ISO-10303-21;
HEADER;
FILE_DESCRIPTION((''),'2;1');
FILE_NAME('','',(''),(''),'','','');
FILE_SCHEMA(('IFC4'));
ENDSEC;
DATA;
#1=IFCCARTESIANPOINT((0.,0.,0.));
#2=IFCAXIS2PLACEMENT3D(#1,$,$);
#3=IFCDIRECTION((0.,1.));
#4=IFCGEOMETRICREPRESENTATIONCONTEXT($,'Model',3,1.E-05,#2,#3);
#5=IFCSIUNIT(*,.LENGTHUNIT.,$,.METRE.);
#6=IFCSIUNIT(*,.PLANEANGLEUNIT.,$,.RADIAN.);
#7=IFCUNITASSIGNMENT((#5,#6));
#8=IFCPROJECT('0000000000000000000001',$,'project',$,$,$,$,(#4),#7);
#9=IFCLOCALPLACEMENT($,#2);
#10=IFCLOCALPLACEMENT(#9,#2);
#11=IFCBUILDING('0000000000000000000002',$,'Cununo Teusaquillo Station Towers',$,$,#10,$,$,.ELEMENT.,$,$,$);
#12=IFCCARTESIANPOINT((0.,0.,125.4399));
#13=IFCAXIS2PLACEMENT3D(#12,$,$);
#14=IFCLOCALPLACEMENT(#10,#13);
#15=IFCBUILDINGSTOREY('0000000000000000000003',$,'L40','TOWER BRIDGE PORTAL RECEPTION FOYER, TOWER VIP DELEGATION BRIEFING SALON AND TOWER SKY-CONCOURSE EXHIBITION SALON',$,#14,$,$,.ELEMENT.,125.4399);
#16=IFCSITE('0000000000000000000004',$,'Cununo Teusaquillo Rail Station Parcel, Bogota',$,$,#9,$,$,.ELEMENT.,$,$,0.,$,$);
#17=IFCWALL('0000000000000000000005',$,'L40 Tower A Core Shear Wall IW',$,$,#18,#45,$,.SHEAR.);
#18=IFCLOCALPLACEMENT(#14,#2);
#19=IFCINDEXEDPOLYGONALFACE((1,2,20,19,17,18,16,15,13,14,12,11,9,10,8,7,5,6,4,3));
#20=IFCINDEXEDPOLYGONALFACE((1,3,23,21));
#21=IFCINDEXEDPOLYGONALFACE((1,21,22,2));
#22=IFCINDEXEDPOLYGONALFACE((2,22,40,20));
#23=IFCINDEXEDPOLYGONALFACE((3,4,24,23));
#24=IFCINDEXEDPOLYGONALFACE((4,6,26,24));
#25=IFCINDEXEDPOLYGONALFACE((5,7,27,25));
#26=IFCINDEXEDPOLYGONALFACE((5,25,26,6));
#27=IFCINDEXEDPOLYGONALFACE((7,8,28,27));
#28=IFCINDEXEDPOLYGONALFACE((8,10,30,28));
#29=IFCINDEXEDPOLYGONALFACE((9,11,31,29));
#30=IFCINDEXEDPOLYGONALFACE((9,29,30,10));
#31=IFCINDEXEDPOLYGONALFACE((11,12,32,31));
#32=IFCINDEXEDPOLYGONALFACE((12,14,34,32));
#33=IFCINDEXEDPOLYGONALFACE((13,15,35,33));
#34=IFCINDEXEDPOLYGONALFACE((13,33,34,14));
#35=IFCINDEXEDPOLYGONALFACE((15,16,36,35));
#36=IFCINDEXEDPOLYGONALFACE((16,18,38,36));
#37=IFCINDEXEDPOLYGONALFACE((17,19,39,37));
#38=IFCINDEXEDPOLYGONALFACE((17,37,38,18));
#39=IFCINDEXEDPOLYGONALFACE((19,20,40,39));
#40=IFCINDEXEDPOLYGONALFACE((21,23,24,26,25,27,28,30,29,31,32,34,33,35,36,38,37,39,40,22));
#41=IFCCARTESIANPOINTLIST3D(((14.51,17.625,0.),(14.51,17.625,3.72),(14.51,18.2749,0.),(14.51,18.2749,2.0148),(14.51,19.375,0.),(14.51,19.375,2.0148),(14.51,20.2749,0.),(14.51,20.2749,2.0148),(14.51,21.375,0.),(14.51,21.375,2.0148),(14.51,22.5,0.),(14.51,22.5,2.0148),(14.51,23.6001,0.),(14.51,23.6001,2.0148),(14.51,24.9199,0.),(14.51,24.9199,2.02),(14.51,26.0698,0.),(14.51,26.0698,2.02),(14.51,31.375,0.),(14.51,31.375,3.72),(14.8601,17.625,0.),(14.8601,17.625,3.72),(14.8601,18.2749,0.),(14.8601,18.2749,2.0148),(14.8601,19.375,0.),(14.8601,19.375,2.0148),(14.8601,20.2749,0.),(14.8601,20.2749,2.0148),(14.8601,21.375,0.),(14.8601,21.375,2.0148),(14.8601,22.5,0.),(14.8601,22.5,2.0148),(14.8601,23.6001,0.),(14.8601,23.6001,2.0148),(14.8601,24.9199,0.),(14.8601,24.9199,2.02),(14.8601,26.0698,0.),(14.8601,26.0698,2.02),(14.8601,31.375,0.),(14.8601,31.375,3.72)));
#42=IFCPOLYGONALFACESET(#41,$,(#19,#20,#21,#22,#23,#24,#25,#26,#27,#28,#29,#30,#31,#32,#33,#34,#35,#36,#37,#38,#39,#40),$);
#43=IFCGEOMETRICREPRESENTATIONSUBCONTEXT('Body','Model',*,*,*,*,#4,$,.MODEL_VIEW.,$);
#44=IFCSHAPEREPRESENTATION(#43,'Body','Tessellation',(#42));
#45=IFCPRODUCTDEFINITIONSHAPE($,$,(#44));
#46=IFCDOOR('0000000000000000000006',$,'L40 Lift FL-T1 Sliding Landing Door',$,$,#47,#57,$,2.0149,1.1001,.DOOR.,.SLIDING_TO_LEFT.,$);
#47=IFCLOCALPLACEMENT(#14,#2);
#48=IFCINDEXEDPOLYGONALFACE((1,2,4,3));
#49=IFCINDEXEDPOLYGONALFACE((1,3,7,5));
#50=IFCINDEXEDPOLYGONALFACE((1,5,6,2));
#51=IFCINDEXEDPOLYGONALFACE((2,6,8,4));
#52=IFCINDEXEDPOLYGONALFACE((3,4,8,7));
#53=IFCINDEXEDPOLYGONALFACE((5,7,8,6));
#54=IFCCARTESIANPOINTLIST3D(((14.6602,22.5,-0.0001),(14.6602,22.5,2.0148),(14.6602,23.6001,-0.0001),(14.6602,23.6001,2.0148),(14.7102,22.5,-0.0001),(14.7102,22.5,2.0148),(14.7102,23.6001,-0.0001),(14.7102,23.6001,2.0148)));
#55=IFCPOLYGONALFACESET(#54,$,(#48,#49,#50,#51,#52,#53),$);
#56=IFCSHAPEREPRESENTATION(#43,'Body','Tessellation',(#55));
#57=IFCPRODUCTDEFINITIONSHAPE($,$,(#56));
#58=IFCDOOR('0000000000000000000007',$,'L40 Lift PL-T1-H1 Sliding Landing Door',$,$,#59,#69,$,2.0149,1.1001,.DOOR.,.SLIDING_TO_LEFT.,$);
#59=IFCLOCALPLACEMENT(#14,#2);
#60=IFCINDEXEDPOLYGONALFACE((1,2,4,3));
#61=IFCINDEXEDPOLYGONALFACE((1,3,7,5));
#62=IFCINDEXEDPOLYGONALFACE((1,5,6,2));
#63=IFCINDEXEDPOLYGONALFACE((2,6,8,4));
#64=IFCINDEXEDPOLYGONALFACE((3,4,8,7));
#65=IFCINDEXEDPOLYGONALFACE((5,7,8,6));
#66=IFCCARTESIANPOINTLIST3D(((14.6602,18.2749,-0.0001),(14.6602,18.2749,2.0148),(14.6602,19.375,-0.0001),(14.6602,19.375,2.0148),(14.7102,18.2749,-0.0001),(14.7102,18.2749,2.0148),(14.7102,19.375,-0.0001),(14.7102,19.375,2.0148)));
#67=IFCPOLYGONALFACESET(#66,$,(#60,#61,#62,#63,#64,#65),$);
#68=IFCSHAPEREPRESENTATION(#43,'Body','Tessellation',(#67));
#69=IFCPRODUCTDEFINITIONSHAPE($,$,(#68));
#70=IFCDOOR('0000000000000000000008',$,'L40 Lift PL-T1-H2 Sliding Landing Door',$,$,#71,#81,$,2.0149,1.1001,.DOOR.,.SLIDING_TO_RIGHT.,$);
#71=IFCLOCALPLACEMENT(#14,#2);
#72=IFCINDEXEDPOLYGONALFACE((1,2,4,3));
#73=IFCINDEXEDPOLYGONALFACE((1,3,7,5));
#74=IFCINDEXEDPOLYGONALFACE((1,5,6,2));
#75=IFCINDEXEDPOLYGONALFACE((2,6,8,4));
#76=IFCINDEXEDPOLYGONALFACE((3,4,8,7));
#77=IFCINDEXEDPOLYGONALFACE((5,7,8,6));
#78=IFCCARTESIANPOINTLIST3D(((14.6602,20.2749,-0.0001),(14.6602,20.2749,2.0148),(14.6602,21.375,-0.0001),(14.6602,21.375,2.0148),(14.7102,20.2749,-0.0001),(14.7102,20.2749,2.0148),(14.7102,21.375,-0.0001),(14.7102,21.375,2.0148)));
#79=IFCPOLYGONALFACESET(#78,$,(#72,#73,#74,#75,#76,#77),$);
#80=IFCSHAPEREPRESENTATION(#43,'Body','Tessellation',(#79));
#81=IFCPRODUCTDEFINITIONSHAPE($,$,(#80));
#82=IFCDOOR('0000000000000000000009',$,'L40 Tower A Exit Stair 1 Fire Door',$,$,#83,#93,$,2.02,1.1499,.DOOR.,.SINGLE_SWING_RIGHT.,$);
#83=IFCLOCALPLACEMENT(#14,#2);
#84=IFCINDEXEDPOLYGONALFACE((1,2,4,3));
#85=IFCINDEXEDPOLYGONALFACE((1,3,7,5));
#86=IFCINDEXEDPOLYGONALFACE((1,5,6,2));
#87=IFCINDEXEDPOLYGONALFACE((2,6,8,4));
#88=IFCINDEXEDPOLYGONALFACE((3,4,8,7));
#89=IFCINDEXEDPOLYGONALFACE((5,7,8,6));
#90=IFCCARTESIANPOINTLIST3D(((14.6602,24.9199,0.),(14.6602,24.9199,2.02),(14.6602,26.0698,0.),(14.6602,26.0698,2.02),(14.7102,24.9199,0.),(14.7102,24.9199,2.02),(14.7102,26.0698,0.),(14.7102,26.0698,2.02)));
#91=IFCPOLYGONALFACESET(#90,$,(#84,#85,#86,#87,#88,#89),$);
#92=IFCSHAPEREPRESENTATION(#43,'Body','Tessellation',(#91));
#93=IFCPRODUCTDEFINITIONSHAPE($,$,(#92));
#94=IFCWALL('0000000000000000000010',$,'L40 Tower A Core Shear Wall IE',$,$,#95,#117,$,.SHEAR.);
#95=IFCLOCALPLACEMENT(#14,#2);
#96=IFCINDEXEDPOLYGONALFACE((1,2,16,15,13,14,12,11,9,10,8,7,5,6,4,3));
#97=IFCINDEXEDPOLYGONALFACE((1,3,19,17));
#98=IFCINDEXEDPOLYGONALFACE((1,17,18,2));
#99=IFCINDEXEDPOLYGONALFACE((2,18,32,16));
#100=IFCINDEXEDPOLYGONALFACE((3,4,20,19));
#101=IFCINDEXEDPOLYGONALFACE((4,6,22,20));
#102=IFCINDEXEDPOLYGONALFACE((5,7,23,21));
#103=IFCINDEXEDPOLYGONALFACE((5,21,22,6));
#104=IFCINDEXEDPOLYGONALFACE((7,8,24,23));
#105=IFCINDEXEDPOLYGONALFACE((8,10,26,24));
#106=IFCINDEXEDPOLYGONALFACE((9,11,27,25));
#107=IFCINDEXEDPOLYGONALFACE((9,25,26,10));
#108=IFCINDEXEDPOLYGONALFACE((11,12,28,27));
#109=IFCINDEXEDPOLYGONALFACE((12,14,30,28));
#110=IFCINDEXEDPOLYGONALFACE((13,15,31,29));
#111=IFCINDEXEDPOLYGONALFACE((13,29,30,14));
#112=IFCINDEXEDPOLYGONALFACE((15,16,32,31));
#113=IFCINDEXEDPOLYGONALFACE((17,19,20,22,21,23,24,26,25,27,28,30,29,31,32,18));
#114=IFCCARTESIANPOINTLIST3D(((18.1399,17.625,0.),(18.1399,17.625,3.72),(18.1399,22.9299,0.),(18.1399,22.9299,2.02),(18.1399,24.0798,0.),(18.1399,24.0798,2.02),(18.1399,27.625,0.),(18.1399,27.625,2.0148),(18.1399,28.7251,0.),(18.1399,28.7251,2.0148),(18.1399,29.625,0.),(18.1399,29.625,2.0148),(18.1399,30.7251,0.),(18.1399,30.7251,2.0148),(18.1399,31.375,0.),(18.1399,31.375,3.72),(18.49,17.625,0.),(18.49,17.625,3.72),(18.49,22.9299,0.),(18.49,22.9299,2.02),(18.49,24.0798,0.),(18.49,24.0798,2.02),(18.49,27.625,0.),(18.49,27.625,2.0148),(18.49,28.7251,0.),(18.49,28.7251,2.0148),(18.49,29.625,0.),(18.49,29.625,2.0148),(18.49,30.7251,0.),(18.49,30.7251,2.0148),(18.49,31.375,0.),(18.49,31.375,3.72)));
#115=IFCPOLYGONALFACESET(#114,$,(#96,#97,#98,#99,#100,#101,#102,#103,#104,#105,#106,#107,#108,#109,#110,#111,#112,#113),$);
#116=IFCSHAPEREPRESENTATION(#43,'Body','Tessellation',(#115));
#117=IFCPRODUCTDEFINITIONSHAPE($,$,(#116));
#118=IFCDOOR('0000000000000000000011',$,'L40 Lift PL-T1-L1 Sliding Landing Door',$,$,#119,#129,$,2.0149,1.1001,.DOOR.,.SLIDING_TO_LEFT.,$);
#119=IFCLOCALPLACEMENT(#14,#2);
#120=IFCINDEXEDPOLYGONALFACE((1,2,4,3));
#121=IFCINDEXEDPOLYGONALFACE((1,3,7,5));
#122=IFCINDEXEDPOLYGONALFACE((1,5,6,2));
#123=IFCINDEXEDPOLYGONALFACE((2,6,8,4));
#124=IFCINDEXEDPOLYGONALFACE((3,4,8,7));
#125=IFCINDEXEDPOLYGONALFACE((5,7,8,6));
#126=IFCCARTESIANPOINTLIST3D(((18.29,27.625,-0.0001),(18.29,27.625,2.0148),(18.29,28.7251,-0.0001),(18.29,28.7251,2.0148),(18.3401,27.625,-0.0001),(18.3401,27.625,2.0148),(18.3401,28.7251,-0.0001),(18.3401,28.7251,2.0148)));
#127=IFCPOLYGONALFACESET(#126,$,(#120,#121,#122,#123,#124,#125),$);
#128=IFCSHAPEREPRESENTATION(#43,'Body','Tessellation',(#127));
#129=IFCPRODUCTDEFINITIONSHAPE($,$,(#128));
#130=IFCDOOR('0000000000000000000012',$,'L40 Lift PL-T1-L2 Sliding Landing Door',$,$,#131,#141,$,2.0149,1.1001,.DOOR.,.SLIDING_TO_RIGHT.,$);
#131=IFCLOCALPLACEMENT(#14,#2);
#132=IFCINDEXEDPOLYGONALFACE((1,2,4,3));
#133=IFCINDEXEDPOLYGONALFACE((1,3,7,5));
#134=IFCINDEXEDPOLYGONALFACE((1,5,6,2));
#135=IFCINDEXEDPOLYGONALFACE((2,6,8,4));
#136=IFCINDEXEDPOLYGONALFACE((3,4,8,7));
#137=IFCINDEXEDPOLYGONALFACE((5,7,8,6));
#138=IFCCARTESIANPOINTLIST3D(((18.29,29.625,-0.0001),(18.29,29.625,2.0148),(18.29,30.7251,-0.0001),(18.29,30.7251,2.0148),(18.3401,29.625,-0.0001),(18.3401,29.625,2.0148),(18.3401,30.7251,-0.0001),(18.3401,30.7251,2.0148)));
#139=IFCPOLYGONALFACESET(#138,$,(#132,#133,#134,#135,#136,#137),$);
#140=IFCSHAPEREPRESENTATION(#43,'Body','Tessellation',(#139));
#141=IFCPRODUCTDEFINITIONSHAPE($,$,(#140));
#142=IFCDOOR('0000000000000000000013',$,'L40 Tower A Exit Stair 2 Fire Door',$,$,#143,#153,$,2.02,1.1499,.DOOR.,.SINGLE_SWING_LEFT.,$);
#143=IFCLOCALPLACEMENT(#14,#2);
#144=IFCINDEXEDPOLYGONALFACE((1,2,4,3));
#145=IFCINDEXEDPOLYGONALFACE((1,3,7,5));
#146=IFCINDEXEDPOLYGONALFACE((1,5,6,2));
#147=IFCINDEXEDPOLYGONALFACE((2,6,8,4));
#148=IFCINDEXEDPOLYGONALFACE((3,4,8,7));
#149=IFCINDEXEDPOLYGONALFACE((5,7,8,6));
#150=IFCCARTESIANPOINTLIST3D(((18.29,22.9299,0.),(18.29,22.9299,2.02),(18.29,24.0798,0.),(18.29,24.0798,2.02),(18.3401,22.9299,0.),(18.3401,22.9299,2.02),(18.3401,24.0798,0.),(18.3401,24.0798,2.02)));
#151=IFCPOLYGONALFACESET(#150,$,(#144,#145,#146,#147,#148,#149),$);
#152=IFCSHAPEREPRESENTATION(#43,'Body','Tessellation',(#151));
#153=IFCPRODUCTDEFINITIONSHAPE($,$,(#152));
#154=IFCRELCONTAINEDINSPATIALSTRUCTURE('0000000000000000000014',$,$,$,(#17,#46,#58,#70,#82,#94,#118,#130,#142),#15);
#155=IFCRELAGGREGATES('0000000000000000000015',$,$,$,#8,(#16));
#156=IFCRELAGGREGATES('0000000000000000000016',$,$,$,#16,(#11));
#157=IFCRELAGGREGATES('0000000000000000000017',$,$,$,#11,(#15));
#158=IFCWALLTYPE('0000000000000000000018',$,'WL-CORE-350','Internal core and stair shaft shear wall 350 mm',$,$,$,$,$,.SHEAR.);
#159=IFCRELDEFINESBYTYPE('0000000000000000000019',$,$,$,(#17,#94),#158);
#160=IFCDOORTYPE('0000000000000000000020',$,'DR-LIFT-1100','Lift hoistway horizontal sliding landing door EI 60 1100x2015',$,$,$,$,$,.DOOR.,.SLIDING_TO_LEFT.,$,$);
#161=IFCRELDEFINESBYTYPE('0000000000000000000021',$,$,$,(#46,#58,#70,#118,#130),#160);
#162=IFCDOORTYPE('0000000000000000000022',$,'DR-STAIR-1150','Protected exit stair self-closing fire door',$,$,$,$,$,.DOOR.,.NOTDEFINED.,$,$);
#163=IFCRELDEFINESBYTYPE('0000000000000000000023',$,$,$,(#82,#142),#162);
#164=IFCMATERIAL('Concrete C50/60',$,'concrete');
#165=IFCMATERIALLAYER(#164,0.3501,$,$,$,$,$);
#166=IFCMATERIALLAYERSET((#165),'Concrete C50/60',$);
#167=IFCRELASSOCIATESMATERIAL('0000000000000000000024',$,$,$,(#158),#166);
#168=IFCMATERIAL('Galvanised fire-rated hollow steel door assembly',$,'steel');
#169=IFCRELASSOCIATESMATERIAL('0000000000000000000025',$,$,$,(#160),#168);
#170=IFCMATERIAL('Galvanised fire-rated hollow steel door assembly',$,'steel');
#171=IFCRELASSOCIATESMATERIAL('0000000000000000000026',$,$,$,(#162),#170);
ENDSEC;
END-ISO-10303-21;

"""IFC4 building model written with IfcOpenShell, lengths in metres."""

from ifc_helpers import new_model, si_unit, direction, frame, frame_2d, origin, place, context, subcontext, project, spatial, rectangle, extrude, source, transform, mapped, material, layer, layer_set, type_object, element, fill, save


model = new_model("IFC4")

# Units and contexts
model_context = context("Model", 3, precision=1e-05, world=origin(), true_north=direction((0.0, 1.0)))
body_context = subcontext(model_context, "Body", "Model", "MODEL_VIEW")
ifc_project = project(units=[si_unit("LENGTHUNIT", "METRE"), si_unit("PLANEANGLEUNIT", "RADIAN")], contexts=[model_context])

# Site, building, storey
site_placement = place(None, origin())
site = spatial("IfcSite", under=ifc_project, at=site_placement, Name="Cununo Teusaquillo Rail Station Parcel, Bogota", CompositionType="ELEMENT", RefElevation=0.0)
building_placement = place(site_placement, origin())
building = spatial("IfcBuilding", under=site, at=building_placement, Name="Cununo Teusaquillo Station Towers", CompositionType="ELEMENT")
storey_placement = place(building_placement, frame((0.0, 0.0, 125.4399)))
storey = spatial("IfcBuildingStorey", under=building, at=storey_placement, Name="L40", Description="TOWER BRIDGE PORTAL RECEPTION FOYER, TOWER VIP DELEGATION BRIEFING SALON AND TOWER SKY-CONCOURSE EXHIBITION SALON", CompositionType="ELEMENT", Elevation=125.4399)

# Walls, openings, doors
ifc_material_1 = material(Name="Concrete C50/60", Category="concrete")
ifc_layer_1 = layer(ifc_material_1, 0.3501)
ifc_layer_set_1 = layer_set([ifc_layer_1], Name="Concrete C50/60")
wall_type_1 = type_object("IfcWallType", Name="WL-CORE-350", Description="Internal core and stair shaft shear wall 350 mm", PredefinedType="SHEAR", material=ifc_layer_set_1)
wall_1_placement = place(storey_placement, frame((14.6851, 17.625, 0.0), z_axis=(0.0, 0.0, 1.0), x_axis=(0.0, 1.0, 0.0)))
wall_1 = element("IfcWall", 1, at=wall_1_placement, inside=storey, type_object=wall_type_1, Name="L40 Tower A Core Shear Wall IW", PredefinedType="SHEAR", context=body_context, shape_type="SweptSolid", body=[
    extrude(rectangle(XDim=13.75, YDim=0.3501, at=frame_2d((6.875, 0.0))), origin(), (0.0, 0.0, 1.0), 3.72),
])
shared_shape_1 = source(origin(), body_context, "Body", "SweptSolid", [
    extrude(rectangle(XDim=1.1001, YDim=2.0149, at=frame_2d((0.55, 1.0073))), frame((0.0, 0.1851, 0.0), z_axis=(0.0, -1.0, 0.0), x_axis=(1.0, 0.0, 0.0)), (0.0, 0.0, 1.0), 0.3701),
])
opening_1_placement = place(wall_1_placement, frame((4.875, 0.0, 0.0)))
opening_1 = element("IfcOpeningElement", 2, at=opening_1_placement, cuts=wall_1, PredefinedType="OPENING", context=body_context, shape_type="MappedRepresentation", body=[
    mapped(shared_shape_1, transform((0.0, 0.0, 0.0), x_axis=(1.0, 0.0, 0.0), y_axis=(0.0, 1.0, 0.0), z_axis=(0.0, 0.0, 1.0), scale=1.0)),
])
opening_2_placement = place(wall_1_placement, frame((0.6499, 0.0, 0.0)))
opening_2 = element("IfcOpeningElement", 3, at=opening_2_placement, cuts=wall_1, PredefinedType="OPENING", context=body_context, shape_type="MappedRepresentation", body=[
    mapped(shared_shape_1, transform((0.0, 0.0, 0.0), x_axis=(1.0, 0.0, 0.0), y_axis=(0.0, 1.0, 0.0), z_axis=(0.0, 0.0, 1.0), scale=1.0)),
])
opening_3_placement = place(wall_1_placement, frame((2.6499, 0.0, 0.0)))
opening_3 = element("IfcOpeningElement", 4, at=opening_3_placement, cuts=wall_1, PredefinedType="OPENING", context=body_context, shape_type="MappedRepresentation", body=[
    mapped(shared_shape_1, transform((0.0, 0.0, 0.0), x_axis=(1.0, 0.0, 0.0), y_axis=(0.0, 1.0, 0.0), z_axis=(0.0, 0.0, 1.0), scale=1.0)),
])
shared_shape_2 = source(origin(), body_context, "Body", "SweptSolid", [
    extrude(rectangle(XDim=1.1499, YDim=2.02, at=frame_2d((0.575, 1.01))), frame((0.0, 0.1851, 0.0), z_axis=(0.0, -1.0, 0.0), x_axis=(1.0, 0.0, 0.0)), (0.0, 0.0, 1.0), 0.3701),
])
opening_4_placement = place(wall_1_placement, frame((7.2949, 0.0, 0.0)))
opening_4 = element("IfcOpeningElement", 5, at=opening_4_placement, cuts=wall_1, PredefinedType="OPENING", context=body_context, shape_type="MappedRepresentation", body=[
    mapped(shared_shape_2, transform((0.0, 0.0, 0.0), x_axis=(1.0, 0.0, 0.0), y_axis=(0.0, 1.0, 0.0), z_axis=(0.0, 0.0, 1.0), scale=1.0)),
])
ifc_material_2 = material(Name="Galvanised fire-rated hollow steel door assembly", Category="steel")
door_type_1 = type_object("IfcDoorType", Name="DR-LIFT-1100", Description="Lift hoistway horizontal sliding landing door EI 60 1100x2015", OperationType="SLIDING_TO_LEFT", PredefinedType="DOOR", material=ifc_material_2)
shared_shape_3 = source(origin(), body_context, "Body", "SweptSolid", [
    extrude(rectangle(XDim=1.1001, YDim=2.0149, at=frame_2d((0.55, 1.0073))), frame((0.0, 0.0249, 0.0), z_axis=(0.0, -1.0, 0.0), x_axis=(1.0, 0.0, 0.0)), (0.0, 0.0, 1.0), 0.05),
])
door_1_placement = place(opening_1_placement, origin())
door_1 = element("IfcDoor", 6, at=door_1_placement, inside=storey, type_object=door_type_1, Name="L40 Lift FL-T1 Sliding Landing Door", OperationType="SLIDING_TO_LEFT", OverallHeight=2.0149, OverallWidth=1.1001, PredefinedType="DOOR", context=body_context, shape_type="MappedRepresentation", body=[
    mapped(shared_shape_3, transform((0.0, 0.0, 0.0), x_axis=(1.0, 0.0, 0.0), y_axis=(0.0, 1.0, 0.0), z_axis=(0.0, 0.0, 1.0), scale=1.0)),
])
fill(opening_1, door_1)
door_2_placement = place(opening_2_placement, origin())
door_2 = element("IfcDoor", 7, at=door_2_placement, inside=storey, type_object=door_type_1, Name="L40 Lift PL-T1-H1 Sliding Landing Door", OperationType="SLIDING_TO_LEFT", OverallHeight=2.0149, OverallWidth=1.1001, PredefinedType="DOOR", context=body_context, shape_type="MappedRepresentation", body=[
    mapped(shared_shape_3, transform((0.0, 0.0, 0.0), x_axis=(1.0, 0.0, 0.0), y_axis=(0.0, 1.0, 0.0), z_axis=(0.0, 0.0, 1.0), scale=1.0)),
])
fill(opening_2, door_2)
door_3_placement = place(opening_3_placement, origin())
door_3 = element("IfcDoor", 8, at=door_3_placement, inside=storey, type_object=door_type_1, Name="L40 Lift PL-T1-H2 Sliding Landing Door", OperationType="SLIDING_TO_RIGHT", OverallHeight=2.0149, OverallWidth=1.1001, PredefinedType="DOOR", context=body_context, shape_type="MappedRepresentation", body=[
    mapped(shared_shape_3, transform((0.0, 0.0, 0.0), x_axis=(1.0, 0.0, 0.0), y_axis=(0.0, 1.0, 0.0), z_axis=(0.0, 0.0, 1.0), scale=1.0)),
])
fill(opening_3, door_3)
ifc_material_3 = material(Name="Galvanised fire-rated hollow steel door assembly", Category="steel")
door_type_2 = type_object("IfcDoorType", Name="DR-STAIR-1150", Description="Protected exit stair self-closing fire door", OperationType="NOTDEFINED", PredefinedType="DOOR", material=ifc_material_3)
shared_shape_4 = source(origin(), body_context, "Body", "SweptSolid", [
    extrude(rectangle(XDim=1.1499, YDim=2.02, at=frame_2d((0.575, 1.01))), frame((0.0, 0.0249, 0.0), z_axis=(0.0, -1.0, 0.0), x_axis=(1.0, 0.0, 0.0)), (0.0, 0.0, 1.0), 0.05),
])
door_4_placement = place(opening_4_placement, origin())
door_4 = element("IfcDoor", 9, at=door_4_placement, inside=storey, type_object=door_type_2, Name="L40 Tower A Exit Stair 1 Fire Door", OperationType="SINGLE_SWING_RIGHT", OverallHeight=2.02, OverallWidth=1.1499, PredefinedType="DOOR", context=body_context, shape_type="MappedRepresentation", body=[
    mapped(shared_shape_4, transform((0.0, 0.0, 0.0), x_axis=(1.0, 0.0, 0.0), y_axis=(0.0, 1.0, 0.0), z_axis=(0.0, 0.0, 1.0), scale=1.0)),
])
fill(opening_4, door_4)
wall_2_placement = place(storey_placement, frame((18.3149, 17.625, 0.0), z_axis=(0.0, 0.0, 1.0), x_axis=(0.0, 1.0, 0.0)))
wall_2 = element("IfcWall", 10, at=wall_2_placement, inside=storey, type_object=wall_type_1, Name="L40 Tower A Core Shear Wall IE", PredefinedType="SHEAR", context=body_context, shape_type="SweptSolid", body=[
    extrude(rectangle(XDim=13.75, YDim=0.3501, at=frame_2d((6.875, 0.0))), origin(), (0.0, 0.0, 1.0), 3.72),
])
opening_5_placement = place(wall_2_placement, frame((10.0, 0.0, 0.0)))
opening_5 = element("IfcOpeningElement", 11, at=opening_5_placement, cuts=wall_2, PredefinedType="OPENING", context=body_context, shape_type="MappedRepresentation", body=[
    mapped(shared_shape_1, transform((0.0, 0.0, 0.0), x_axis=(1.0, 0.0, 0.0), y_axis=(0.0, 1.0, 0.0), z_axis=(0.0, 0.0, 1.0), scale=1.0)),
])
opening_6_placement = place(wall_2_placement, frame((12.0, 0.0, 0.0)))
opening_6 = element("IfcOpeningElement", 12, at=opening_6_placement, cuts=wall_2, PredefinedType="OPENING", context=body_context, shape_type="MappedRepresentation", body=[
    mapped(shared_shape_1, transform((0.0, 0.0, 0.0), x_axis=(1.0, 0.0, 0.0), y_axis=(0.0, 1.0, 0.0), z_axis=(0.0, 0.0, 1.0), scale=1.0)),
])
opening_7_placement = place(wall_2_placement, frame((5.3049, 0.0, 0.0)))
opening_7 = element("IfcOpeningElement", 13, at=opening_7_placement, cuts=wall_2, PredefinedType="OPENING", context=body_context, shape_type="MappedRepresentation", body=[
    mapped(shared_shape_2, transform((0.0, 0.0, 0.0), x_axis=(1.0, 0.0, 0.0), y_axis=(0.0, 1.0, 0.0), z_axis=(0.0, 0.0, 1.0), scale=1.0)),
])
door_5_placement = place(opening_5_placement, origin())
door_5 = element("IfcDoor", 14, at=door_5_placement, inside=storey, type_object=door_type_1, Name="L40 Lift PL-T1-L1 Sliding Landing Door", OperationType="SLIDING_TO_LEFT", OverallHeight=2.0149, OverallWidth=1.1001, PredefinedType="DOOR", context=body_context, shape_type="MappedRepresentation", body=[
    mapped(shared_shape_3, transform((0.0, 0.0, 0.0), x_axis=(1.0, 0.0, 0.0), y_axis=(0.0, 1.0, 0.0), z_axis=(0.0, 0.0, 1.0), scale=1.0)),
])
fill(opening_5, door_5)
door_6_placement = place(opening_6_placement, origin())
door_6 = element("IfcDoor", 15, at=door_6_placement, inside=storey, type_object=door_type_1, Name="L40 Lift PL-T1-L2 Sliding Landing Door", OperationType="SLIDING_TO_RIGHT", OverallHeight=2.0149, OverallWidth=1.1001, PredefinedType="DOOR", context=body_context, shape_type="MappedRepresentation", body=[
    mapped(shared_shape_3, transform((0.0, 0.0, 0.0), x_axis=(1.0, 0.0, 0.0), y_axis=(0.0, 1.0, 0.0), z_axis=(0.0, 0.0, 1.0), scale=1.0)),
])
fill(opening_6, door_6)
door_7_placement = place(opening_7_placement, origin())
door_7 = element("IfcDoor", 16, at=door_7_placement, inside=storey, type_object=door_type_2, Name="L40 Tower A Exit Stair 2 Fire Door", OperationType="SINGLE_SWING_LEFT", OverallHeight=2.02, OverallWidth=1.1499, PredefinedType="DOOR", context=body_context, shape_type="MappedRepresentation", body=[
    mapped(shared_shape_4, transform((0.0, 0.0, 0.0), x_axis=(1.0, 0.0, 0.0), y_axis=(0.0, 1.0, 0.0), z_axis=(0.0, 0.0, 1.0), scale=1.0)),
])
fill(opening_7, door_7)

save(model, "model.ifc")
